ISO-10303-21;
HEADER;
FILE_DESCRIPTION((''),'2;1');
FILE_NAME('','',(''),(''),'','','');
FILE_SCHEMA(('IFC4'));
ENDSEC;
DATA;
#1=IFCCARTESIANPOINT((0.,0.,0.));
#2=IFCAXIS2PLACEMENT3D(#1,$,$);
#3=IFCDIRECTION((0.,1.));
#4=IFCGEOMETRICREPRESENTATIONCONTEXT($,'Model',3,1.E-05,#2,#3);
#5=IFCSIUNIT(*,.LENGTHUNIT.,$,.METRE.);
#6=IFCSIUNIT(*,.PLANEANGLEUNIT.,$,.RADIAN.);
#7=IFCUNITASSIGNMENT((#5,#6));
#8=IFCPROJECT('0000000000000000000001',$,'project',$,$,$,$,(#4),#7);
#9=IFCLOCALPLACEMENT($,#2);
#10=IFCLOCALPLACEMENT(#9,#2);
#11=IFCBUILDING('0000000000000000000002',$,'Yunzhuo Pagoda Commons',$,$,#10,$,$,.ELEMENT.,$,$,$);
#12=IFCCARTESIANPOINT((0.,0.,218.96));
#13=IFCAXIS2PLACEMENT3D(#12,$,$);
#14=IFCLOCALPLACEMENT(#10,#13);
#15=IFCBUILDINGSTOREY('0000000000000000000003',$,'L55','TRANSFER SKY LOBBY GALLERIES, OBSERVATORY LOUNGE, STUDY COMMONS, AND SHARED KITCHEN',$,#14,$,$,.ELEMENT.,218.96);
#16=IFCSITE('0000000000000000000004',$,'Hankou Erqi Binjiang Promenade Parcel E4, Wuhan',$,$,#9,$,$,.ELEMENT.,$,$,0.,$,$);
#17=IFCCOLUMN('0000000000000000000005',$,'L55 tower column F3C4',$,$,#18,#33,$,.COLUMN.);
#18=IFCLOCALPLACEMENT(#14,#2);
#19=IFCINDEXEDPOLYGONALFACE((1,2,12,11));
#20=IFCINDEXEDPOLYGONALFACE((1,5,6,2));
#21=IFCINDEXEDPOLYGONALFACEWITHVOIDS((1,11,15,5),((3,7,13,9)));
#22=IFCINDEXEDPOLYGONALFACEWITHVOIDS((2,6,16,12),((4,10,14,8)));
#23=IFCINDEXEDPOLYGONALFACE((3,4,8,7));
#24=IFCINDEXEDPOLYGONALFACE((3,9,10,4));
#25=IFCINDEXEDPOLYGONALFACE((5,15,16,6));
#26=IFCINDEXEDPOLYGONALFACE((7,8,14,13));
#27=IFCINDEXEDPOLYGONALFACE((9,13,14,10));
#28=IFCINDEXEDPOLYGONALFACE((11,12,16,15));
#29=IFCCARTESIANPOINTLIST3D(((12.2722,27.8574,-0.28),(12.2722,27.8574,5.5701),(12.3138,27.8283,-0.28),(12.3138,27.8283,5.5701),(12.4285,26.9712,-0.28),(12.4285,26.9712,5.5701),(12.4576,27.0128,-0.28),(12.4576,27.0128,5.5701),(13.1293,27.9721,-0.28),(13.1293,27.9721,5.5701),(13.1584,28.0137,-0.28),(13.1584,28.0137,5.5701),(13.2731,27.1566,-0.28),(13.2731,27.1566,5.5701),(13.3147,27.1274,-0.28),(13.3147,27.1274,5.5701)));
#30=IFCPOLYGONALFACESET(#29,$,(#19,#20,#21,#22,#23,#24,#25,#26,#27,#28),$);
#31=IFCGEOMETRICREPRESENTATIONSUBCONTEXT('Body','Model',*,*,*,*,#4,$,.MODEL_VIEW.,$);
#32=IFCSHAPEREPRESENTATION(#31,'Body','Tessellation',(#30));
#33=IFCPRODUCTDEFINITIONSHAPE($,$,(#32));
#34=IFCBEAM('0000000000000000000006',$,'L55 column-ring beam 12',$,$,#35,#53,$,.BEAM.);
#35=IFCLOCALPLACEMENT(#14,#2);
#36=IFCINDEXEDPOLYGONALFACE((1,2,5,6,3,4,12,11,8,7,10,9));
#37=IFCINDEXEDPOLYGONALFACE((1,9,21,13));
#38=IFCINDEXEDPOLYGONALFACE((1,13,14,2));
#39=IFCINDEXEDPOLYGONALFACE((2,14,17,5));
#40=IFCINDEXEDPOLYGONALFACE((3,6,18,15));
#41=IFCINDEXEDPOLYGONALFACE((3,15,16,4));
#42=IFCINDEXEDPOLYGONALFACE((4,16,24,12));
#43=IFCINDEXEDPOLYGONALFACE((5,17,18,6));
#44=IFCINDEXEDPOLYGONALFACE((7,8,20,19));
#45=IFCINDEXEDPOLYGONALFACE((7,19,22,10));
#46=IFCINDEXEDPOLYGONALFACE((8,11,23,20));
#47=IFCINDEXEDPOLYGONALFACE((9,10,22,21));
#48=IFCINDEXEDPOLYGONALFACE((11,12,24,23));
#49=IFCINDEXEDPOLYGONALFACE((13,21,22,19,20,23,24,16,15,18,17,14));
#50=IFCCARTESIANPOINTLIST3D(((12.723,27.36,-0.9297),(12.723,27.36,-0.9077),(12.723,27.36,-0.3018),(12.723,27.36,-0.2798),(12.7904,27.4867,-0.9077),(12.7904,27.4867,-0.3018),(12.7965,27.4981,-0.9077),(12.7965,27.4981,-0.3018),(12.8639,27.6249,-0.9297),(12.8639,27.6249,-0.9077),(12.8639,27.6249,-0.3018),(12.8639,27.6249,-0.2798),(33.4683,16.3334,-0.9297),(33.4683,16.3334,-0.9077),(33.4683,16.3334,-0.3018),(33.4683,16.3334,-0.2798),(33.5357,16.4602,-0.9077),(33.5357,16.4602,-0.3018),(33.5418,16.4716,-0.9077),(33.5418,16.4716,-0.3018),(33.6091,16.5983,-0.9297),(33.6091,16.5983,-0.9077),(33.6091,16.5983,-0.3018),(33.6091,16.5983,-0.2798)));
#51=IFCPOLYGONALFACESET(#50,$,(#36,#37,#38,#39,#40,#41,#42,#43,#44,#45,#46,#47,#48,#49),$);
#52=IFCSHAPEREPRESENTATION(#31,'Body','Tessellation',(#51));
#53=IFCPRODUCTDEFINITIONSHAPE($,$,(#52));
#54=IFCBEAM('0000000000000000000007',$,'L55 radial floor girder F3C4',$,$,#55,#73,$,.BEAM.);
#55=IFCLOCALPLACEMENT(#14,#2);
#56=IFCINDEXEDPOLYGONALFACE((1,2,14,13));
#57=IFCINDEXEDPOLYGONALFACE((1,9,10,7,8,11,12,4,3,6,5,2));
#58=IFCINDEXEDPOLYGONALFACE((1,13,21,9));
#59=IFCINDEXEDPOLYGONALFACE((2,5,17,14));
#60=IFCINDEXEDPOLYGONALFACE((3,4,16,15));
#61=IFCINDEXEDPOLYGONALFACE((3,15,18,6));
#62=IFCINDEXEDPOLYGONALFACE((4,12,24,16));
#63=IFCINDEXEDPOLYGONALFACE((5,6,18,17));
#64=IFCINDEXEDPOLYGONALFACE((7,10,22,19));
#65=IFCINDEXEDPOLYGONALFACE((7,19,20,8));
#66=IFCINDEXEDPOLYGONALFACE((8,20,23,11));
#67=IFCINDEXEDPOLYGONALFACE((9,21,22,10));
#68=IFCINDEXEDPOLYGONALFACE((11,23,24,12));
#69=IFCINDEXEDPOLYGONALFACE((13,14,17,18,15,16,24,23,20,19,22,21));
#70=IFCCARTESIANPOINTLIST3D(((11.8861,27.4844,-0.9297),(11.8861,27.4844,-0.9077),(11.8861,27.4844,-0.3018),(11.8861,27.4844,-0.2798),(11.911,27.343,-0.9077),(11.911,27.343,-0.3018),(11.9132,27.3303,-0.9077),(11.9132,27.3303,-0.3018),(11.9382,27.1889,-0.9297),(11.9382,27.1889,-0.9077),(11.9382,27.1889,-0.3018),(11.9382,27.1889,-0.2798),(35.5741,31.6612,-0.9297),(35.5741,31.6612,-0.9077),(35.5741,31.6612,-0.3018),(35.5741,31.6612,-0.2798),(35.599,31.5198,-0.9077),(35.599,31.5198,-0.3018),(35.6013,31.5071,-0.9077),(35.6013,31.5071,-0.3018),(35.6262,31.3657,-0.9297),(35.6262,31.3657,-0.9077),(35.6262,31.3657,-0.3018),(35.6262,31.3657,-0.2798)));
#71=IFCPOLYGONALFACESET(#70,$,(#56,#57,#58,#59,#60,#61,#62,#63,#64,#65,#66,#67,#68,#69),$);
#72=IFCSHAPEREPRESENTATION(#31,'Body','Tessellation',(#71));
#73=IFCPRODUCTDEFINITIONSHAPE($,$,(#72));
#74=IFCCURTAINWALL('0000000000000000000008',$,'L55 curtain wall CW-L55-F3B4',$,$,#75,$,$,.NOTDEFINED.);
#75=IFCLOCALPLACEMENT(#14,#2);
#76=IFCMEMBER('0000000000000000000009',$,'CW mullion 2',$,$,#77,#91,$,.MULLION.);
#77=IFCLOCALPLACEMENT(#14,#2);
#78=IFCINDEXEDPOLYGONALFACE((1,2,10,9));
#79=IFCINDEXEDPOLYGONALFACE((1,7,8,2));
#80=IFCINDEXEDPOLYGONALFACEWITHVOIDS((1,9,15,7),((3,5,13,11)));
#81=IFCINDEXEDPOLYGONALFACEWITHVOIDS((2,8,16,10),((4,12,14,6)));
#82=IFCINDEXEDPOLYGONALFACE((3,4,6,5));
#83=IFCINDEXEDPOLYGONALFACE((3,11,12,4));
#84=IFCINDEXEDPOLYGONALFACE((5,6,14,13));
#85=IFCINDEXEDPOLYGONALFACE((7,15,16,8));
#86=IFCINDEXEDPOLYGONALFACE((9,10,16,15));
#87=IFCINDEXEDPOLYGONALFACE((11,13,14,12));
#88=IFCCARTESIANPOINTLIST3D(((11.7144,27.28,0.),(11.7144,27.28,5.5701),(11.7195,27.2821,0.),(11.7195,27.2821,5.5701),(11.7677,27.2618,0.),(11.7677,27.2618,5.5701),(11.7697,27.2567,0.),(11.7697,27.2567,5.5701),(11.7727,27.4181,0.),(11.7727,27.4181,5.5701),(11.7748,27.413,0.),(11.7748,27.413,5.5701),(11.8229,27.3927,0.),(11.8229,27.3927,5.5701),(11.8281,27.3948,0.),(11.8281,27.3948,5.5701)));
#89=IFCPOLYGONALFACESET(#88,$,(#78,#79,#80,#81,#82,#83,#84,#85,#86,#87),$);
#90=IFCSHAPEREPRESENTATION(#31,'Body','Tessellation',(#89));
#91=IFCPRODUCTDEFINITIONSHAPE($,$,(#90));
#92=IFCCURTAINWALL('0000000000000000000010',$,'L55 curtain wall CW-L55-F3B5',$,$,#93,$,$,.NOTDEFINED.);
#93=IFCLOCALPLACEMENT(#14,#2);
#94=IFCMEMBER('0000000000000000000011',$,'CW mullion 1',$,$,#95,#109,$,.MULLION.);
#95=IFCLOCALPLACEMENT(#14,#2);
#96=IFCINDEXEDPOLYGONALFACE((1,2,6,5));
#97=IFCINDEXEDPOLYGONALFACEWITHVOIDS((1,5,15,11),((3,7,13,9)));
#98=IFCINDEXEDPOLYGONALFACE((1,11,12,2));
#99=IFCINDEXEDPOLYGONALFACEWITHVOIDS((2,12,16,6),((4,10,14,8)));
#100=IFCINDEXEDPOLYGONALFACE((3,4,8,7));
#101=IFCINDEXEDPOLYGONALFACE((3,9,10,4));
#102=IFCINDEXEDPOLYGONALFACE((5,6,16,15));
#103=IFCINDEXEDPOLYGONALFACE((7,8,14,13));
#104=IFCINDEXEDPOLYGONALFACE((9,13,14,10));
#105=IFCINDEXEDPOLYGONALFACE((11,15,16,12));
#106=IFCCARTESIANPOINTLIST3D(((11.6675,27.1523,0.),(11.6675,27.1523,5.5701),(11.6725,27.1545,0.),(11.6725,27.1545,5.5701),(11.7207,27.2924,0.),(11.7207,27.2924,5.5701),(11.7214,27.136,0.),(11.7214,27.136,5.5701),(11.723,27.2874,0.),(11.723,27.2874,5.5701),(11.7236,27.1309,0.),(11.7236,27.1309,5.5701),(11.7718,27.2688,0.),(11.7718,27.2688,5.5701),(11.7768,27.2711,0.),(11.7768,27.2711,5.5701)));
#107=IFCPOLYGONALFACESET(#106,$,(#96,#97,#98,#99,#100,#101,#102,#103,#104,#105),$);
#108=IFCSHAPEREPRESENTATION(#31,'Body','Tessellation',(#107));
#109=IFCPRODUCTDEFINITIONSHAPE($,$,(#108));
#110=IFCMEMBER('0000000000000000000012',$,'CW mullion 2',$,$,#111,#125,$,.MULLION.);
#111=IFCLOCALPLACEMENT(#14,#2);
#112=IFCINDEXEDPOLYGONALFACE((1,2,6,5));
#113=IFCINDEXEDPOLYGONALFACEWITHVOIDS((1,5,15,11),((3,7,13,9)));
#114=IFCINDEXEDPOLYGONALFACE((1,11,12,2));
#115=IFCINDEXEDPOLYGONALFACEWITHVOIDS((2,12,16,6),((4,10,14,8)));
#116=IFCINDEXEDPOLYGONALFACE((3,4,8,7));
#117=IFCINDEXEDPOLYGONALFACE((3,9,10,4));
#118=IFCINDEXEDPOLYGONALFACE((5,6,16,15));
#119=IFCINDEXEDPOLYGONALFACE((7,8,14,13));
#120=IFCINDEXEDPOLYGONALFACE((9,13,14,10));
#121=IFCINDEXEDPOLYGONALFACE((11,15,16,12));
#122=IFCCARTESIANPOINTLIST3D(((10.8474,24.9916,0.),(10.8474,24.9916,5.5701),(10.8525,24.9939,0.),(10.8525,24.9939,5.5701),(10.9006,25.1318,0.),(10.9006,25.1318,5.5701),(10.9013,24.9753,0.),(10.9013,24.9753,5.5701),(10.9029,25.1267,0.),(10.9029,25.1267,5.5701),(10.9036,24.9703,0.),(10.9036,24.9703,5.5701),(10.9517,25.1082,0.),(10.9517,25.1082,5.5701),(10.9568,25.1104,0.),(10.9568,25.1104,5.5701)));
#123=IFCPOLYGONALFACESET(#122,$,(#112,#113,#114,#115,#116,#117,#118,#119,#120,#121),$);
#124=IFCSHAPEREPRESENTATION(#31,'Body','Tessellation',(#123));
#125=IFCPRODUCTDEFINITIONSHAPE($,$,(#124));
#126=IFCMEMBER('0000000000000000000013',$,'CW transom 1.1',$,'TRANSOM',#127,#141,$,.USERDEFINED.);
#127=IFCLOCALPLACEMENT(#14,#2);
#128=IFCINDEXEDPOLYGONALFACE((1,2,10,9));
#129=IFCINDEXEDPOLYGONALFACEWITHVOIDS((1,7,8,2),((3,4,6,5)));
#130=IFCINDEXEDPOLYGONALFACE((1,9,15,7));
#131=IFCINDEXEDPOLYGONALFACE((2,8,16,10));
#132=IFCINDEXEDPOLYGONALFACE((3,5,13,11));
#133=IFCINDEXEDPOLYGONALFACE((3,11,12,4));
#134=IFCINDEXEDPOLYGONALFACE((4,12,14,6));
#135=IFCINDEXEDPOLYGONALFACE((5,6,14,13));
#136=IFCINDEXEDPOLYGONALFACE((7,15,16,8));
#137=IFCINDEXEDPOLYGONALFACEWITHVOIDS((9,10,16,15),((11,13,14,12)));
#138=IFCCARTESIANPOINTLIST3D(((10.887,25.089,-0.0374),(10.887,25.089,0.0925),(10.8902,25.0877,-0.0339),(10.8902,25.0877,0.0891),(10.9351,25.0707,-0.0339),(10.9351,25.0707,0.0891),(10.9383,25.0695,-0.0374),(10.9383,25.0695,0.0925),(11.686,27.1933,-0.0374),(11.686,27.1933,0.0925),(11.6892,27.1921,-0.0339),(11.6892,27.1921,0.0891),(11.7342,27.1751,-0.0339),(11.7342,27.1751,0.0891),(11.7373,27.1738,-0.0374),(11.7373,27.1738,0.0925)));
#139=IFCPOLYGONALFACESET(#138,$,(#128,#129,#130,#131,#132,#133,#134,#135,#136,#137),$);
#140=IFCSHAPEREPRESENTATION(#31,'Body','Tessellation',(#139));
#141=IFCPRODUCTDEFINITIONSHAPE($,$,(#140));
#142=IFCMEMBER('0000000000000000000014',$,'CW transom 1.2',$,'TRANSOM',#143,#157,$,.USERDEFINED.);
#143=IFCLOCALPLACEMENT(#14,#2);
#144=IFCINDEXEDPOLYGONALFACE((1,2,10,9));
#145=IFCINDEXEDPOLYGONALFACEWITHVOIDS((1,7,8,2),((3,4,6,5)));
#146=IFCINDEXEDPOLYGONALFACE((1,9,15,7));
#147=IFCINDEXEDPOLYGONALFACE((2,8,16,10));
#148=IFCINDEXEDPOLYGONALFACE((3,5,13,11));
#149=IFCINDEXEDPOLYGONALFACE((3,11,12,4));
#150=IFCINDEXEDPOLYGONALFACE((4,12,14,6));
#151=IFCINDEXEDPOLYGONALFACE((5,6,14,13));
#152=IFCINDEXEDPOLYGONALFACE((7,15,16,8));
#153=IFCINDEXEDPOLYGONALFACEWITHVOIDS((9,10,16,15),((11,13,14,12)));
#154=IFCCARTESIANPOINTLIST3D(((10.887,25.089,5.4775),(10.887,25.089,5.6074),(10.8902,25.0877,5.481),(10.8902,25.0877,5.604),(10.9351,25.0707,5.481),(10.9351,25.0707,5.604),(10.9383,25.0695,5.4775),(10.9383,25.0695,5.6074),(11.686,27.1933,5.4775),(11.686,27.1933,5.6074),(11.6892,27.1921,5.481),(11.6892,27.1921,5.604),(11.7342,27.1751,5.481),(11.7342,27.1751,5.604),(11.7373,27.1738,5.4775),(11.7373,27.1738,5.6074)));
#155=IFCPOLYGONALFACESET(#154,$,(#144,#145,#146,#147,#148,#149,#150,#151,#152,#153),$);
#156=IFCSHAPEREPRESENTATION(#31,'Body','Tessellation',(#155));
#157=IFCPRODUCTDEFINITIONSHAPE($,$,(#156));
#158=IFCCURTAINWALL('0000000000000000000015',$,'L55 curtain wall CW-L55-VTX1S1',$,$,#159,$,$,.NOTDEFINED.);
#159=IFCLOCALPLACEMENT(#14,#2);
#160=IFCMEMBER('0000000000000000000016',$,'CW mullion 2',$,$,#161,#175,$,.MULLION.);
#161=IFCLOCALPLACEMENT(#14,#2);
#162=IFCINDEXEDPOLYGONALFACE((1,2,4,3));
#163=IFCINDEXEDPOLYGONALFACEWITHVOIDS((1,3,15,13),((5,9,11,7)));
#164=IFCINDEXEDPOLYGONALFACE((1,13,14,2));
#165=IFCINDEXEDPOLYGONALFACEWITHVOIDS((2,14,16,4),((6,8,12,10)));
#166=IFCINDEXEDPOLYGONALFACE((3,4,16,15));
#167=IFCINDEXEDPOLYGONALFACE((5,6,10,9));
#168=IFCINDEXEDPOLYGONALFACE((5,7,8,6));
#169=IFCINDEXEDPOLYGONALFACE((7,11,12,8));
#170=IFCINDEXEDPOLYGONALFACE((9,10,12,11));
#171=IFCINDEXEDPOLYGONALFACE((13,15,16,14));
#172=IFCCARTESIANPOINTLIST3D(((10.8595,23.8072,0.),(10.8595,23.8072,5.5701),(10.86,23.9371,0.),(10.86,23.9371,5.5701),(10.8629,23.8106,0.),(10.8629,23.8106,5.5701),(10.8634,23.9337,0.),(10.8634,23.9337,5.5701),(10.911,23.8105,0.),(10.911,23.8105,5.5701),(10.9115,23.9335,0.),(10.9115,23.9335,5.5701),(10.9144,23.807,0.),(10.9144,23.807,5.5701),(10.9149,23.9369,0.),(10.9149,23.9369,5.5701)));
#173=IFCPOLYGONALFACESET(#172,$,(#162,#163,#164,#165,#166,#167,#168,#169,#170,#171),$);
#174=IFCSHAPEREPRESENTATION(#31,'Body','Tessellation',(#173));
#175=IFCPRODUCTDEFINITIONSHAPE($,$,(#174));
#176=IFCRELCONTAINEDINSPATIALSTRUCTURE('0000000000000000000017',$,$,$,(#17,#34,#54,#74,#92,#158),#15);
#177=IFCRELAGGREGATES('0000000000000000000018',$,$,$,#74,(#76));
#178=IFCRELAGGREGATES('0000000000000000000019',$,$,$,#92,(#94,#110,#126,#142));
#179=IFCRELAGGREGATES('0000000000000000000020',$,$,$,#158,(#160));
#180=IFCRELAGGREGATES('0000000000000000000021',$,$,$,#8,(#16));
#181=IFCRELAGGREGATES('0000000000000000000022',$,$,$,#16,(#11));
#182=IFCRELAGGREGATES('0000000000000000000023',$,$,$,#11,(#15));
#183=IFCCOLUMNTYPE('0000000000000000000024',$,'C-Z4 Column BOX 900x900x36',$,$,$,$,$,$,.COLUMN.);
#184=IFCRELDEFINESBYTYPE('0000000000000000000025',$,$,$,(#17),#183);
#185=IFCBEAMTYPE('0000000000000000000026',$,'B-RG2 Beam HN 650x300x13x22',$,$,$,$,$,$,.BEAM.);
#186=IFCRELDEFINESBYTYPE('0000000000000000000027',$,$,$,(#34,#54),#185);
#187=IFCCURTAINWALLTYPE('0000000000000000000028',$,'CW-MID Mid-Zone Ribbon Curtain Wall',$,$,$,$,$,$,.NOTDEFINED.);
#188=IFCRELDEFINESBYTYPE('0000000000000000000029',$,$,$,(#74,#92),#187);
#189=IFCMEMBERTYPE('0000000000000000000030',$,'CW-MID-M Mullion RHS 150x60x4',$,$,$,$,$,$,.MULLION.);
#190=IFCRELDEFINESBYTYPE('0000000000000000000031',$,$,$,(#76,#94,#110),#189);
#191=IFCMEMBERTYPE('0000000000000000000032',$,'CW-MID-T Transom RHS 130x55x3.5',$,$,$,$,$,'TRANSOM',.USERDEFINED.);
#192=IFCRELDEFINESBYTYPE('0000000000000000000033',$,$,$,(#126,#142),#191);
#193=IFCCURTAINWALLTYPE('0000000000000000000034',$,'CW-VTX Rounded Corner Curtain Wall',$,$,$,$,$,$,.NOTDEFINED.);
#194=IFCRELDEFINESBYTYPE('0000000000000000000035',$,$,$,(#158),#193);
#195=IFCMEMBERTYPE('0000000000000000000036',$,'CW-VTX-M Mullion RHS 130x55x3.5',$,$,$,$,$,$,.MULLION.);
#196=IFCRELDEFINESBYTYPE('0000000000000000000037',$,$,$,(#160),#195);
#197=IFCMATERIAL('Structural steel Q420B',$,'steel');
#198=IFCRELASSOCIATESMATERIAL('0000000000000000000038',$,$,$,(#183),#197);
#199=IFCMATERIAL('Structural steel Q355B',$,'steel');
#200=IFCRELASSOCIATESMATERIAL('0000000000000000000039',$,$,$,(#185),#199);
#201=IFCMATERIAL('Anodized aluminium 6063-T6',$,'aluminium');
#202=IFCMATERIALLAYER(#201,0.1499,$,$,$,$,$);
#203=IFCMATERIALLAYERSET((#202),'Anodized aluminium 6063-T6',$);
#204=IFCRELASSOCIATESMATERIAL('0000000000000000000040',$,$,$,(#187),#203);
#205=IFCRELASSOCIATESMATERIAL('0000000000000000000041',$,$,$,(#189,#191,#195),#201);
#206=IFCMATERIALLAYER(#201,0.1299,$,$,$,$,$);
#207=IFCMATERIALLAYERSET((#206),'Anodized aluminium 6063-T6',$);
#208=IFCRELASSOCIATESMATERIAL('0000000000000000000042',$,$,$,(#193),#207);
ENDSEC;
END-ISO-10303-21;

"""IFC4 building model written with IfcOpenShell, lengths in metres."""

from ifc_helpers import new_model, si_unit, direction, frame, origin, origin_2d, place, context, subcontext, project, spatial, hollow_rectangle, i_section, extrude, source, transform, mapped, material, layer, layer_set, material_profile, profile_set, type_object, element, aggregate, save


model = new_model("IFC4")

# Units and contexts
model_context = context("Model", 3, precision=1e-05, world=origin(), true_north=direction((0.0, 1.0)))
body_context = subcontext(model_context, "Body", "Model", "MODEL_VIEW")
ifc_project = project(units=[si_unit("LENGTHUNIT", "METRE"), si_unit("PLANEANGLEUNIT", "RADIAN")], contexts=[model_context])

# Site, building, storey
site_placement = place(None, origin())
site = spatial("IfcSite", under=ifc_project, at=site_placement, Name="Hankou Erqi Binjiang Promenade Parcel E4, Wuhan", CompositionType="ELEMENT", RefElevation=0.0)
building_placement = place(site_placement, origin())
building = spatial("IfcBuilding", under=site, at=building_placement, Name="Yunzhuo Pagoda Commons", CompositionType="ELEMENT")
storey_placement = place(building_placement, frame((0.0, 0.0, 218.96)))
storey = spatial("IfcBuildingStorey", under=building, at=storey_placement, Name="L55", Description="TRANSFER SKY LOBBY GALLERIES, OBSERVATORY LOUNGE, STUDY COMMONS, AND SHARED KITCHEN", CompositionType="ELEMENT", Elevation=218.96)

# Column
ifc_material_1 = material(Name="Structural steel Q420B", Category="steel")
ifc_material_profile_1 = material_profile(ifc_material_1, hollow_rectangle(XDim=0.8999, YDim=0.8999, WallThickness=0.0359, at=origin_2d()), Name="Structural steel Q420B")
ifc_profile_set_1 = profile_set([ifc_material_profile_1], Name="Structural steel Q420B")
column_type = type_object("IfcColumnType", Name="C-Z4 Column BOX 900x900x36", PredefinedType="COLUMN", material=ifc_profile_set_1)
shared_shape_1 = source(origin(), body_context, "Body", "SweptSolid", [
    extrude(hollow_rectangle(XDim=0.8999, YDim=0.8999, WallThickness=0.0359, at=origin_2d()), origin(), (0.0, 0.0, 1.0), 5.8501),
])
column_placement = place(storey_placement, frame((12.7935, 27.4924, -0.28), z_axis=(0.0, 0.0, 1.0), x_axis=(0.173648, -0.984808, 0.0)))
element("IfcColumn", 1, at=column_placement, inside=storey, type_object=column_type, Name="L55 tower column F3C4", PredefinedType="COLUMN", context=body_context, shape_type="MappedRepresentation", body=[
    mapped(shared_shape_1, transform((0.0, 0.0, 0.0), scale=1.0)),
])

# Beams
ifc_material_2 = material(Name="Structural steel Q355B", Category="steel")
ifc_material_profile_2 = material_profile(ifc_material_2, i_section(OverallWidth=0.3, OverallDepth=0.6499, WebThickness=0.0129, FlangeThickness=0.022, at=origin_2d()), Name="Structural steel Q355B")
ifc_profile_set_2 = profile_set([ifc_material_profile_2], Name="Structural steel Q355B")
beam_type = type_object("IfcBeamType", Name="B-RG2 Beam HN 650x300x13x22", PredefinedType="BEAM", material=ifc_profile_set_2)
shared_shape_2 = source(origin(), body_context, "Body", "SweptSolid", [
    extrude(i_section(OverallWidth=0.3, OverallDepth=0.6499, WebThickness=0.0129, FlangeThickness=0.022, at=origin_2d()), origin(), (0.0, 0.0, 1.0), 23.4937),
])
beam_1_placement = place(storey_placement, frame((12.7935, 27.4924, -0.6047), z_axis=(0.883016, -0.469342, 0.0), x_axis=(0.469342, 0.883016, 0.0)))
element("IfcBeam", 2, at=beam_1_placement, inside=storey, type_object=beam_type, Name="L55 column-ring beam 12", PredefinedType="BEAM", context=body_context, shape_type="MappedRepresentation", body=[
    mapped(shared_shape_2, transform((0.0, 0.0, 0.0), scale=1.0)),
])
shared_shape_3 = source(origin(), body_context, "Body", "SweptSolid", [
    extrude(i_section(OverallWidth=0.3, OverallDepth=0.6499, WebThickness=0.0129, FlangeThickness=0.022, at=origin_2d()), origin(), (0.0, 0.0, 1.0), 24.0535),
])
beam_2_placement = place(storey_placement, frame((11.9121, 27.3367, -0.6047), z_axis=(0.984808, 0.173645, 0.0), x_axis=(-0.173645, 0.984808, 0.0)))
element("IfcBeam", 3, at=beam_2_placement, inside=storey, type_object=beam_type, Name="L55 radial floor girder F3C4", PredefinedType="BEAM", context=body_context, shape_type="MappedRepresentation", body=[
    mapped(shared_shape_3, transform((0.0, 0.0, 0.0), scale=1.0)),
])

# Curtain wall, member
ifc_material_3 = material(Name="Anodized aluminium 6063-T6", Category="aluminium")
ifc_layer_1 = layer(ifc_material_3, 0.1499)
ifc_layer_set_1 = layer_set([ifc_layer_1], Name="Anodized aluminium 6063-T6")
curtain_wall_type_1 = type_object("IfcCurtainWallType", Name="CW-MID Mid-Zone Ribbon Curtain Wall", PredefinedType="NOTDEFINED", material=ifc_layer_set_1)
curtain_wall_1_placement = place(storey_placement, origin())
curtain_wall_1 = element("IfcCurtainWall", 4, at=curtain_wall_1_placement, inside=storey, type_object=curtain_wall_type_1, Name="L55 curtain wall CW-L55-F3B4", PredefinedType="NOTDEFINED")
ifc_material_profile_3 = material_profile(ifc_material_3, hollow_rectangle(XDim=0.0601, YDim=0.1499, WallThickness=0.0039, at=origin_2d()), Name="Anodized aluminium 6063-T6")
ifc_profile_set_3 = profile_set([ifc_material_profile_3], Name="Anodized aluminium 6063-T6")
member_type_1 = type_object("IfcMemberType", Name="CW-MID-M Mullion RHS 150x60x4", PredefinedType="MULLION", material=ifc_profile_set_3)
shared_shape_4 = source(origin(), body_context, "Body", "SweptSolid", [
    extrude(hollow_rectangle(XDim=0.0601, YDim=0.1499, WallThickness=0.0039, at=origin_2d()), origin(), (0.0, 0.0, 1.0), 5.5701),
])
member_1_placement = place(storey_placement, frame((11.7712, 27.3374, 0.0), z_axis=(0.0, 0.0, 1.0), x_axis=(0.921188, -0.389117, 0.0)))
member_1 = element("IfcMember", 5, at=member_1_placement, type_object=member_type_1, Name="CW mullion 2", PredefinedType="MULLION", context=body_context, shape_type="MappedRepresentation", body=[
    mapped(shared_shape_4, transform((0.0, 0.0, 0.0), scale=1.0)),
])
aggregate(curtain_wall_1, [member_1])

# Curtain walls, members
curtain_wall_2_placement = place(storey_placement, origin())
curtain_wall_2 = element("IfcCurtainWall", 6, at=curtain_wall_2_placement, inside=storey, type_object=curtain_wall_type_1, Name="L55 curtain wall CW-L55-F3B5", PredefinedType="NOTDEFINED")
member_2_placement = place(storey_placement, frame((11.7222, 27.2117, 0.0), z_axis=(0.0, 0.0, 1.0), x_axis=(0.934883, -0.354957, 0.0)))
member_2 = element("IfcMember", 7, at=member_2_placement, type_object=member_type_1, Name="CW mullion 1", PredefinedType="MULLION", context=body_context, shape_type="MappedRepresentation", body=[
    mapped(shared_shape_4, transform((0.0, 0.0, 0.0), scale=1.0)),
])
member_3_placement = place(storey_placement, frame((10.9021, 25.051, 0.0), z_axis=(0.0, 0.0, 1.0), x_axis=(0.934883, -0.354957, 0.0)))
member_3 = element("IfcMember", 8, at=member_3_placement, type_object=member_type_1, Name="CW mullion 2", PredefinedType="MULLION", context=body_context, shape_type="MappedRepresentation", body=[
    mapped(shared_shape_4, transform((0.0, 0.0, 0.0), scale=1.0)),
])
ifc_material_profile_4 = material_profile(ifc_material_3, hollow_rectangle(XDim=0.0549, YDim=0.1299, WallThickness=0.0034, at=origin_2d()), Name="Anodized aluminium 6063-T6")
ifc_profile_set_4 = profile_set([ifc_material_profile_4], Name="Anodized aluminium 6063-T6")
member_type_2 = type_object("IfcMemberType", Name="CW-MID-T Transom RHS 130x55x3.5", ElementType="TRANSOM", PredefinedType="USERDEFINED", material=ifc_profile_set_4)
shared_shape_5 = source(origin(), body_context, "Body", "SweptSolid", [
    extrude(hollow_rectangle(XDim=0.0549, YDim=0.1299, WallThickness=0.0034, at=origin_2d()), origin(), (0.0, 0.0, 1.0), 2.251),
])
member_4_placement = place(storey_placement, frame((11.7117, 27.1836, 0.0276), z_axis=(-0.354971, -0.934877, 0.0), x_axis=(0.934877, -0.354971, 0.0)))
member_4 = element("IfcMember", 9, at=member_4_placement, type_object=member_type_2, Name="CW transom 1.1", ObjectType="TRANSOM", PredefinedType="USERDEFINED", context=body_context, shape_type="MappedRepresentation", body=[
    mapped(shared_shape_5, transform((0.0, 0.0, 0.0), scale=1.0)),
])
member_5_placement = place(storey_placement, frame((11.7117, 27.1836, 5.5425), z_axis=(-0.354971, -0.934877, 0.0), x_axis=(0.934877, -0.354971, 0.0)))
member_5 = element("IfcMember", 10, at=member_5_placement, type_object=member_type_2, Name="CW transom 1.2", ObjectType="TRANSOM", PredefinedType="USERDEFINED", context=body_context, shape_type="MappedRepresentation", body=[
    mapped(shared_shape_5, transform((0.0, 0.0, 0.0), scale=1.0)),
])
ifc_layer_2 = layer(ifc_material_3, 0.1299)
ifc_layer_set_2 = layer_set([ifc_layer_2], Name="Anodized aluminium 6063-T6")
curtain_wall_type_2 = type_object("IfcCurtainWallType", Name="CW-VTX Rounded Corner Curtain Wall", PredefinedType="NOTDEFINED", material=ifc_layer_set_2)
curtain_wall_3_placement = place(storey_placement, origin())
curtain_wall_3 = element("IfcCurtainWall", 11, at=curtain_wall_3_placement, inside=storey, type_object=curtain_wall_type_2, Name="L55 curtain wall CW-L55-VTX1S1", PredefinedType="NOTDEFINED")
ifc_material_profile_5 = material_profile(ifc_material_3, hollow_rectangle(XDim=0.0549, YDim=0.1299, WallThickness=0.0034, at=origin_2d()), Name="Anodized aluminium 6063-T6")
ifc_profile_set_5 = profile_set([ifc_material_profile_5], Name="Anodized aluminium 6063-T6")
member_type_3 = type_object("IfcMemberType", Name="CW-VTX-M Mullion RHS 130x55x3.5", PredefinedType="MULLION", material=ifc_profile_set_5)
shared_shape_6 = source(origin(), body_context, "Body", "SweptSolid", [
    extrude(hollow_rectangle(XDim=0.0549, YDim=0.1299, WallThickness=0.0034, at=origin_2d()), origin(), (0.0, 0.0, 1.0), 5.5701),
])
member_6_placement = place(storey_placement, frame((10.8872, 23.8721, 0.0), z_axis=(0.0, 0.0, 1.0), x_axis=(0.999994, -0.003584, 0.0)))
member_6 = element("IfcMember", 12, at=member_6_placement, type_object=member_type_3, Name="CW mullion 2", PredefinedType="MULLION", context=body_context, shape_type="MappedRepresentation", body=[
    mapped(shared_shape_6, transform((0.0, 0.0, 0.0), scale=1.0)),
])

aggregate(curtain_wall_2, [member_2, member_3, member_4, member_5])
aggregate(curtain_wall_3, [member_6])

save(model, "model.ifc")
